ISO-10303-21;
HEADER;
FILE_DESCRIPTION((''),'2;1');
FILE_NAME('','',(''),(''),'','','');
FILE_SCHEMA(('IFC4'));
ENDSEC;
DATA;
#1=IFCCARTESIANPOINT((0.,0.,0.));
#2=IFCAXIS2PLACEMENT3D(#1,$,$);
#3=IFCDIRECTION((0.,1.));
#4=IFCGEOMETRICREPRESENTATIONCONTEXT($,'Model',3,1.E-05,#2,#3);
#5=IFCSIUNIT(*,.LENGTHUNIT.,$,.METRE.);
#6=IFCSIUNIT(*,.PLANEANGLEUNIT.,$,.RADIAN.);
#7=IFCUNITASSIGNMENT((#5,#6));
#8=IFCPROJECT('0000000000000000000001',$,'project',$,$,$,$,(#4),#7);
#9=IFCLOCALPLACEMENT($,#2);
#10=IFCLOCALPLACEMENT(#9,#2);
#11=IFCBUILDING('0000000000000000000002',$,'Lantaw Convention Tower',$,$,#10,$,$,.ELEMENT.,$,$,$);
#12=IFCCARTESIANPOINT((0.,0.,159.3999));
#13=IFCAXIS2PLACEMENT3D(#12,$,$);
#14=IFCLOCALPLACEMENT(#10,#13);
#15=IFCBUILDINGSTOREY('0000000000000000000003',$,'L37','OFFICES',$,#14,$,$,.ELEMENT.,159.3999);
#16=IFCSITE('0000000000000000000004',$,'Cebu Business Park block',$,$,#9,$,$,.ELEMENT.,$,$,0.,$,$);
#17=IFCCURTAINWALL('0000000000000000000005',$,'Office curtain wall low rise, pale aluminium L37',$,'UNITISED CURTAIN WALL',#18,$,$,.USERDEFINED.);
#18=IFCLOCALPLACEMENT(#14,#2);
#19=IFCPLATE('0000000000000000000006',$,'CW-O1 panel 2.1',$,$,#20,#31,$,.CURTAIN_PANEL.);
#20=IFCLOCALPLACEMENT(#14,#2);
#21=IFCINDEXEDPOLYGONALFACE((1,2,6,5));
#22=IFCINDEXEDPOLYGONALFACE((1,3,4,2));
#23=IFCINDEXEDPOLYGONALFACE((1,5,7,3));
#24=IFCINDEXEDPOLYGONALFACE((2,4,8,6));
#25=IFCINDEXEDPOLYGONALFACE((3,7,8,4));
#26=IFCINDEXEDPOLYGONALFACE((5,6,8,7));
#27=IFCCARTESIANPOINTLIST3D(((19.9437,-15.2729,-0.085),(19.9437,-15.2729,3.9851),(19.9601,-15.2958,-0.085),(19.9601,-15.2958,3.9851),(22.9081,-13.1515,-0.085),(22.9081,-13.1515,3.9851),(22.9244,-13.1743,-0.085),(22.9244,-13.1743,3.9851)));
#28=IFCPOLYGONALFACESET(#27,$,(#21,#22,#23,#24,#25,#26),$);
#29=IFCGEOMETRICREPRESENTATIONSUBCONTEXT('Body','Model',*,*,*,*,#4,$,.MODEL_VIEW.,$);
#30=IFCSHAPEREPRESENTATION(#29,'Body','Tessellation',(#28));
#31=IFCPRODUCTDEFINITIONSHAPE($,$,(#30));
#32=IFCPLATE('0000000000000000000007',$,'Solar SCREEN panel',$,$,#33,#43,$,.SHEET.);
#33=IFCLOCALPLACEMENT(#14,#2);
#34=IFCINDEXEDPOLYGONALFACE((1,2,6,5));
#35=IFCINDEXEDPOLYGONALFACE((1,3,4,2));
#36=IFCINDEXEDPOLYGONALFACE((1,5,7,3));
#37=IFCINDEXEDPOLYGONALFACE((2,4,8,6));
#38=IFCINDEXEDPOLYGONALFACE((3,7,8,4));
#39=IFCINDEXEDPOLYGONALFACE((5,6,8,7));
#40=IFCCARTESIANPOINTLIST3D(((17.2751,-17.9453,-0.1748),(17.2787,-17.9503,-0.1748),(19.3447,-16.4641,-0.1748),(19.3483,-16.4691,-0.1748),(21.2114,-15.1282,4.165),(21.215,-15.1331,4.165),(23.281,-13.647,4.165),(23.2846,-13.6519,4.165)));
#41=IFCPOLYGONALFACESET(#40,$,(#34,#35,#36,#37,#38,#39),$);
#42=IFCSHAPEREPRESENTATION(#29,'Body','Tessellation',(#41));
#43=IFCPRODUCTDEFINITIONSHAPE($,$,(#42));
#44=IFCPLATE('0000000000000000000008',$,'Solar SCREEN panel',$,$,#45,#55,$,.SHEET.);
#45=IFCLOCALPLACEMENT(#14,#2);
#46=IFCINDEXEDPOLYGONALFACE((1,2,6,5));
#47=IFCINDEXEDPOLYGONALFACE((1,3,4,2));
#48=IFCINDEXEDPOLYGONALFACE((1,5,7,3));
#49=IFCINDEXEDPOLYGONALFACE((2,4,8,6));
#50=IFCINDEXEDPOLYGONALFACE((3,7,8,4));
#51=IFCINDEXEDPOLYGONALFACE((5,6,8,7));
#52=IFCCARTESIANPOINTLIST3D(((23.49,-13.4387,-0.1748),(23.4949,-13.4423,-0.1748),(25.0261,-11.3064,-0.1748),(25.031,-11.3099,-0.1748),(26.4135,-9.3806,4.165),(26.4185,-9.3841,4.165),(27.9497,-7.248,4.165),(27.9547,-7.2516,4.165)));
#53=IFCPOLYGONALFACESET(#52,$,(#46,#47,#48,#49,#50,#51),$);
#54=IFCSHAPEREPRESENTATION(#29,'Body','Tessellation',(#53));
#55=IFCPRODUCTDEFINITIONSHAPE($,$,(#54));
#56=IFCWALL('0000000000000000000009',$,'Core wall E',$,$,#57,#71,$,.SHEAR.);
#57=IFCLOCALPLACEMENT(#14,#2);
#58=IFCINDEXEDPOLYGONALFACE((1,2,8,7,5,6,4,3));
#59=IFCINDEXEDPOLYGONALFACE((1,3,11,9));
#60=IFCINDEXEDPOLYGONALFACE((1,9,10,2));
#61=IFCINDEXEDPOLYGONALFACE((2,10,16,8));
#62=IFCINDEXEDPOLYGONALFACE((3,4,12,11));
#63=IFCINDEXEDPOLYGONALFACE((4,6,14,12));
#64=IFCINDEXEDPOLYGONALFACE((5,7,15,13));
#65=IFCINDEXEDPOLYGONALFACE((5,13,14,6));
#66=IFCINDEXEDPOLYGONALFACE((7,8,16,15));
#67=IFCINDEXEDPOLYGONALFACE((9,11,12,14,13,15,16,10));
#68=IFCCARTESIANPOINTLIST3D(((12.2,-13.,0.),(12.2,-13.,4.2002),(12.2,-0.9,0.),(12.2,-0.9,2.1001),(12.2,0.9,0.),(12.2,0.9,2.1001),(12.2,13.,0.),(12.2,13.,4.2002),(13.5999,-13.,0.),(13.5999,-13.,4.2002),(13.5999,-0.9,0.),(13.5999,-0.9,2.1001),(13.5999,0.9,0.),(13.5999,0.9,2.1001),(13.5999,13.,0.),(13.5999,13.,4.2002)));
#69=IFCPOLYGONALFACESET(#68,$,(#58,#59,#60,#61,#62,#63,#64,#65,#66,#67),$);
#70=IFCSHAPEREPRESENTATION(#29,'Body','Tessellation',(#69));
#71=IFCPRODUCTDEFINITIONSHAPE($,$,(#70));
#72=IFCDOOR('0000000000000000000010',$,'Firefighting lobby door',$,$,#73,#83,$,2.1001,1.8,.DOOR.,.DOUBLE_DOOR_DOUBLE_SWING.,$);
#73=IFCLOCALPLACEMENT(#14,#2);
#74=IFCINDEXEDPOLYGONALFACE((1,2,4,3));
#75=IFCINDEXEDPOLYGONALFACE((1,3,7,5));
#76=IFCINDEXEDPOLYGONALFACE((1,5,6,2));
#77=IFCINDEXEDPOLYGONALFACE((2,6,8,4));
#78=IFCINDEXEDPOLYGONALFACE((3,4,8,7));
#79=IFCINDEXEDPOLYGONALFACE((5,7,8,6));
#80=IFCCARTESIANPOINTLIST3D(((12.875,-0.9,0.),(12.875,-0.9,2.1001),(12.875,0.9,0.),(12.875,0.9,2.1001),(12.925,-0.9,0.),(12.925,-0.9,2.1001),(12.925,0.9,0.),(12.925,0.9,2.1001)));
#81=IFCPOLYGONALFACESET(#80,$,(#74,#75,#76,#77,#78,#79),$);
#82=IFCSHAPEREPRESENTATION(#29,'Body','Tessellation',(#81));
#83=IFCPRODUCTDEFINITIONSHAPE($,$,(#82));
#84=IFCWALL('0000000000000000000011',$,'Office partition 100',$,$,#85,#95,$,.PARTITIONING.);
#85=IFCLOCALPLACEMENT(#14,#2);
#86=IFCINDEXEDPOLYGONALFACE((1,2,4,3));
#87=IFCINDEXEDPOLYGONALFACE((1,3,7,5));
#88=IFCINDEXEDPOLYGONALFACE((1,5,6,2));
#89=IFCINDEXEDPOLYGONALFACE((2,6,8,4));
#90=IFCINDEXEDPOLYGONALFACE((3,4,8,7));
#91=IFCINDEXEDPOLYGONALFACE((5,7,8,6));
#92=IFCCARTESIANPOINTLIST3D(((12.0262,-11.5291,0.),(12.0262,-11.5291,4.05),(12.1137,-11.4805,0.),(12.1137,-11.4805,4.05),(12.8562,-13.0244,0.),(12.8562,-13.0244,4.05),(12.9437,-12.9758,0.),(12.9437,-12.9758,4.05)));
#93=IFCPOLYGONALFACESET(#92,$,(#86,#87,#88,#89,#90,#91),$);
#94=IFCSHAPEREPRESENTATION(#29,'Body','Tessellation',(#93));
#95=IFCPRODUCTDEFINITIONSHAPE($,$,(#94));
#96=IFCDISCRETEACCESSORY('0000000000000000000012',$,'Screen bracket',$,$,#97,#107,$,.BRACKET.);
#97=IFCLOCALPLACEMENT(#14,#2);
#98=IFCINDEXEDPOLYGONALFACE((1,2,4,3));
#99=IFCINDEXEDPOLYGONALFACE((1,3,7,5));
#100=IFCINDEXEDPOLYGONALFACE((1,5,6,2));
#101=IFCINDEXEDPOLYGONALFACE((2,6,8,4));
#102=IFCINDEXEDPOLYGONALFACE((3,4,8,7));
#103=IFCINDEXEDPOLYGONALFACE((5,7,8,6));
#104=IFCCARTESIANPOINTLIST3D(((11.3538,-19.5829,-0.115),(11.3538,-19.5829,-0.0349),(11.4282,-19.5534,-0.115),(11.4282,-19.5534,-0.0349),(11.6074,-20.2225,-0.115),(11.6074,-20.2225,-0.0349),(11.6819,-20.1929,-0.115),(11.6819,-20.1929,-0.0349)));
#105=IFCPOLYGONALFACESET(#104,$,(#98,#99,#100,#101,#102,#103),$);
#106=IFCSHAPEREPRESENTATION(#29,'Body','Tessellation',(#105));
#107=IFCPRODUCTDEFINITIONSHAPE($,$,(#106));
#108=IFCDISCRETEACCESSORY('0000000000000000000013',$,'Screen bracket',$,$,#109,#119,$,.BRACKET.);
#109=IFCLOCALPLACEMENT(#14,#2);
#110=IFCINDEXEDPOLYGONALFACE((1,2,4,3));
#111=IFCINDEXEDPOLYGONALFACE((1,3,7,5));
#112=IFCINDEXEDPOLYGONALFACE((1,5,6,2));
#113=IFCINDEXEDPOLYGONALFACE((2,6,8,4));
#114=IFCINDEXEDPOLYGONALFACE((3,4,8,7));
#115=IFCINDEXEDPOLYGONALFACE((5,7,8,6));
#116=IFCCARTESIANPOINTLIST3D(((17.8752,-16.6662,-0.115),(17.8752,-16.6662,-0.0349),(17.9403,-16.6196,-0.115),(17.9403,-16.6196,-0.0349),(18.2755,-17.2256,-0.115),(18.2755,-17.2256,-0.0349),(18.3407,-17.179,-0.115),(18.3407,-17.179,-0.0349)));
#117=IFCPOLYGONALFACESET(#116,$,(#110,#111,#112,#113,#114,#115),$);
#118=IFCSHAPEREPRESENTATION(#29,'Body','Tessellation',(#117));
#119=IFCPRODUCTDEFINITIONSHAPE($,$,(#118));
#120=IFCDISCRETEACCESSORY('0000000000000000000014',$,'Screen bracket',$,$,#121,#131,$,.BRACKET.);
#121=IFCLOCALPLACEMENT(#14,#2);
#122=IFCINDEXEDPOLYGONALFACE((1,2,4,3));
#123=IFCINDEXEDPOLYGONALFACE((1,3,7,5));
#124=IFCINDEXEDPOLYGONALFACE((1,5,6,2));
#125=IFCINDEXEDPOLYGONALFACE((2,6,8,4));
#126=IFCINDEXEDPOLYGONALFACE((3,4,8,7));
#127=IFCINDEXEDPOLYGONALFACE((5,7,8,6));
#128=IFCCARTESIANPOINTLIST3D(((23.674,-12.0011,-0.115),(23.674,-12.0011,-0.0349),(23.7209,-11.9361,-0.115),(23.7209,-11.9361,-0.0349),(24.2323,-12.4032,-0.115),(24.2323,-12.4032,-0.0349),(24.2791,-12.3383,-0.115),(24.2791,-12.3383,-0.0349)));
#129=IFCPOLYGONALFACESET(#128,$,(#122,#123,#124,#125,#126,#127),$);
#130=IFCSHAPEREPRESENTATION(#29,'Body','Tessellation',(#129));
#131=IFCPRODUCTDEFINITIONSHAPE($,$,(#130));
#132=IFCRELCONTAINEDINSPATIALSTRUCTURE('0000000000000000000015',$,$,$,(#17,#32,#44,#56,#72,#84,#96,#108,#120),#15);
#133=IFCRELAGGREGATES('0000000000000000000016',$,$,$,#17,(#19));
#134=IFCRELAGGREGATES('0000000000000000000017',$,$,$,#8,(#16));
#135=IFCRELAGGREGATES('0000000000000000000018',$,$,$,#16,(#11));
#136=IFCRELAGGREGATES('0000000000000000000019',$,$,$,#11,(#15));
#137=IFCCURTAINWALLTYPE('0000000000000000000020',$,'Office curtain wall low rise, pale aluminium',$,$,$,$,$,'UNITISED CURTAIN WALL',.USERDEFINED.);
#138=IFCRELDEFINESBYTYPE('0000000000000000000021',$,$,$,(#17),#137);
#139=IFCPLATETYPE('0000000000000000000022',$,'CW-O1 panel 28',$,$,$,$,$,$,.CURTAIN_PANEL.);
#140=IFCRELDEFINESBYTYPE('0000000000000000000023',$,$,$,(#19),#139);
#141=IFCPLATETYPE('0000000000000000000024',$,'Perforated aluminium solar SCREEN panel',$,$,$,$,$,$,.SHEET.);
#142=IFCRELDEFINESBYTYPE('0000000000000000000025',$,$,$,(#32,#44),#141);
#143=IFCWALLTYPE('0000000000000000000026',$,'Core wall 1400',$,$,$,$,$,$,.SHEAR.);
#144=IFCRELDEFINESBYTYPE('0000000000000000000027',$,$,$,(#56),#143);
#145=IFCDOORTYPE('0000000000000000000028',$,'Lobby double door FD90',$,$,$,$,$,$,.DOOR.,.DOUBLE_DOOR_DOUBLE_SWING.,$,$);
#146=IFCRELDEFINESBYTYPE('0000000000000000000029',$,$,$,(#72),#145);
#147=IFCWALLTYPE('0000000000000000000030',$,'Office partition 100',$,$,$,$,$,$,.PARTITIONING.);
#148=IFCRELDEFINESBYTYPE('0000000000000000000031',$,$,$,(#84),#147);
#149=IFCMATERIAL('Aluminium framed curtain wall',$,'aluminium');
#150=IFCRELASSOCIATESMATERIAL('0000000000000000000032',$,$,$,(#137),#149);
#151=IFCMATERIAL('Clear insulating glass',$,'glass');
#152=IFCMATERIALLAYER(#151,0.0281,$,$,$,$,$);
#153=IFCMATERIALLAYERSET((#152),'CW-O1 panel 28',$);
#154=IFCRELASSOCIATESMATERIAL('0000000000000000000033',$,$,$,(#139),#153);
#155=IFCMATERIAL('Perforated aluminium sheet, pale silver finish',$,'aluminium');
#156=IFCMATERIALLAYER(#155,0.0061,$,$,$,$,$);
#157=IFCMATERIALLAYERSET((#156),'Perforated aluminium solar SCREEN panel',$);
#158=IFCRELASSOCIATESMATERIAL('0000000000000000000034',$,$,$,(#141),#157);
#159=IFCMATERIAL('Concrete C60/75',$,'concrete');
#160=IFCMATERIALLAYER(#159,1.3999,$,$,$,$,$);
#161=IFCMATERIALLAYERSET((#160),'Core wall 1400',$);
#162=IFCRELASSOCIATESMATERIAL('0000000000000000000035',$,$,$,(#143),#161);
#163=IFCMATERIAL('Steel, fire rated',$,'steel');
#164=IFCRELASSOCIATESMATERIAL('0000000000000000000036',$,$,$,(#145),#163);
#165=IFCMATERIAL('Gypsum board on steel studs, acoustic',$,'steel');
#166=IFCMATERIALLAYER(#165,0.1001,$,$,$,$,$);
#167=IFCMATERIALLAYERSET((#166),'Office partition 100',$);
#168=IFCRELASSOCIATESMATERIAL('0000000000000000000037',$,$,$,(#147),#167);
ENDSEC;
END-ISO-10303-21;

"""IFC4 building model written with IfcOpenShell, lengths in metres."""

from ifc_helpers import new_model, si_unit, direction, frame, frame_2d, origin, origin_2d, place, context, subcontext, project, spatial, polyline, rectangle, outline, extrude, material, layer, layer_set, type_object, element, fill, aggregate, save


model = new_model("IFC4")

# Units and contexts
model_context = context("Model", 3, precision=1e-05, world=origin(), true_north=direction((0.0, 1.0)))
body_context = subcontext(model_context, "Body", "Model", "MODEL_VIEW")
ifc_project = project(units=[si_unit("LENGTHUNIT", "METRE"), si_unit("PLANEANGLEUNIT", "RADIAN")], contexts=[model_context])

# Site, building, storey
site_placement = place(None, origin())
site = spatial("IfcSite", under=ifc_project, at=site_placement, Name="Cebu Business Park block", CompositionType="ELEMENT", RefElevation=0.0)
building_placement = place(site_placement, origin())
building = spatial("IfcBuilding", under=site, at=building_placement, Name="Lantaw Convention Tower", CompositionType="ELEMENT")
storey_placement = place(building_placement, frame((0.0, 0.0, 159.3999)))
storey = spatial("IfcBuildingStorey", under=building, at=storey_placement, Name="L37", Description="OFFICES", CompositionType="ELEMENT", Elevation=159.3999)

# Shared definitions
ifc_material_1 = material(Name="Concrete C60/75", Category="concrete")

# Curtain wall
ifc_material_2 = material(Name="Aluminium framed curtain wall", Category="aluminium")
curtain_wall_type = type_object("IfcCurtainWallType", Name="Office curtain wall low rise, pale aluminium", ElementType="UNITISED CURTAIN WALL", PredefinedType="USERDEFINED", material=ifc_material_2)
curtain_wall_1_placement = place(storey_placement, origin())
curtain_wall_1 = element("IfcCurtainWall", 1, at=curtain_wall_1_placement, inside=storey, type_object=curtain_wall_type, Name="Office curtain wall low rise, pale aluminium L37", ObjectType="UNITISED CURTAIN WALL", PredefinedType="USERDEFINED")

# Plate
ifc_material_3 = material(Name="Clear insulating glass", Category="glass")
ifc_layer_1 = layer(ifc_material_3, 0.0281)
ifc_layer_set_1 = layer_set([ifc_layer_1], Name="CW-O1 panel 28")
plate_type_1 = type_object("IfcPlateType", Name="CW-O1 panel 28", PredefinedType="CURTAIN_PANEL", material=ifc_layer_set_1)
plate_1_placement = place(storey_placement, frame((21.4341, -14.2236, -0.085), z_axis=(0.0, 0.0, 1.0), x_axis=(0.813208, 0.581973, 0.0)))
plate_1 = element("IfcPlate", 2, at=plate_1_placement, type_object=plate_type_1, Name="CW-O1 panel 2.1", PredefinedType="CURTAIN_PANEL", context=body_context, shape_type="SweptSolid", body=[
    extrude(rectangle(XDim=3.6453, YDim=0.0281, at=origin_2d()), origin(), (0.0, 0.0, 1.0), 4.0701),
])
aggregate(curtain_wall_1, [plate_1])

# Plates
ifc_material_4 = material(Name="Perforated aluminium sheet, pale silver finish", Category="aluminium")
ifc_layer_2 = layer(ifc_material_4, 0.0061)
ifc_layer_set_2 = layer_set([ifc_layer_2], Name="Perforated aluminium solar SCREEN panel")
plate_type_2 = type_object("IfcPlateType", Name="Perforated aluminium solar SCREEN panel", PredefinedType="SHEET", material=ifc_layer_set_2)
plate_2_placement = place(storey_placement, frame((17.2751, -17.9453, -0.1748), z_axis=(-0.582, 0.813189, 0.000012), x_axis=(0.813189, 0.582, 0.0)))
element("IfcPlate", 3, at=plate_2_placement, inside=storey, type_object=plate_type_2, Name="Solar SCREEN panel", PredefinedType="SHEET", context=body_context, shape_type="SweptSolid", body=[
    extrude(outline(polyline([(0.0, 0.0), (2.545, 0.0), (7.3855, -4.3398), (4.8405, -4.3398), (0.0, 0.0)])), origin(), (0.0, 0.0, -1.0), 0.0061),
])
plate_3_placement = place(storey_placement, frame((23.49, -13.4387, -0.1748), z_axis=(-0.811395, 0.584498, 0.000036), x_axis=(0.584498, 0.811395, 0.0)))
element("IfcPlate", 4, at=plate_3_placement, inside=storey, type_object=plate_type_2, Name="Solar SCREEN panel", PredefinedType="SHEET", context=body_context, shape_type="SweptSolid", body=[
    extrude(outline(polyline([(0.0, 0.0), (2.628, 0.0), (7.6298, -4.3398), (5.0016, -4.3398), (0.0, 0.0)])), origin(), (0.0, 0.0, -1.0), 0.0061),
])

# Wall, opening, door
ifc_layer_3 = layer(ifc_material_1, 1.3999)
ifc_layer_set_3 = layer_set([ifc_layer_3], Name="Core wall 1400")
wall_type_1 = type_object("IfcWallType", Name="Core wall 1400", PredefinedType="SHEAR", material=ifc_layer_set_3)
wall_1_placement = place(storey_placement, frame((12.8999, -13.0, 0.0), z_axis=(0.0, 0.0, 1.0), x_axis=(0.0, 1.0, 0.0)))
wall_1 = element("IfcWall", 5, at=wall_1_placement, inside=storey, type_object=wall_type_1, Name="Core wall E", PredefinedType="SHEAR", context=body_context, shape_type="SweptSolid", body=[
    extrude(rectangle(XDim=26.0, YDim=1.3999, at=frame_2d((13.0, 0.0))), origin(), (0.0, 0.0, 1.0), 4.2002),
])
opening_placement = place(wall_1_placement, frame((12.1001, 0.0, 0.0)))
opening = element("IfcOpeningElement", 6, at=opening_placement, cuts=wall_1, PredefinedType="OPENING", context=body_context, shape_type="SweptSolid", body=[
    extrude(rectangle(XDim=1.8, YDim=2.1001, at=frame_2d((0.8999, 1.05))), frame((0.0, 0.71, 0.0), z_axis=(0.0, -1.0, 0.0), x_axis=(1.0, 0.0, 0.0)), (0.0, 0.0, 1.0), 1.4199),
])
ifc_material_5 = material(Name="Steel, fire rated", Category="steel")
door_type = type_object("IfcDoorType", Name="Lobby double door FD90", OperationType="DOUBLE_DOOR_DOUBLE_SWING", PredefinedType="DOOR", material=ifc_material_5)
door_placement = place(opening_placement, origin())
door = element("IfcDoor", 7, at=door_placement, inside=storey, type_object=door_type, Name="Firefighting lobby door", OperationType="DOUBLE_DOOR_DOUBLE_SWING", OverallHeight=2.1001, OverallWidth=1.8, PredefinedType="DOOR", context=body_context, shape_type="SweptSolid", body=[
    extrude(rectangle(XDim=1.8, YDim=2.1001, at=frame_2d((0.8999, 1.05))), frame((0.0, 0.0249, 0.0), z_axis=(0.0, -1.0, 0.0), x_axis=(1.0, 0.0, 0.0)), (0.0, 0.0, 1.0), 0.05),
])
fill(opening, door)

# Wall
ifc_material_6 = material(Name="Gypsum board on steel studs, acoustic", Category="steel")
ifc_layer_4 = layer(ifc_material_6, 0.1001)
ifc_layer_set_4 = layer_set([ifc_layer_4], Name="Office partition 100")
wall_type_2 = type_object("IfcWallType", Name="Office partition 100", PredefinedType="PARTITIONING", material=ifc_layer_set_4)
wall_2_placement = place(storey_placement, frame((12.8999, -13.0, 0.0), z_axis=(0.0, 0.0, 1.0), x_axis=(-0.48534, 0.874326, 0.0)))
element("IfcWall", 8, at=wall_2_placement, inside=storey, type_object=wall_type_2, Name="Office partition 100", PredefinedType="PARTITIONING", context=body_context, shape_type="SweptSolid", body=[
    extrude(rectangle(XDim=1.7102, YDim=0.1001, at=frame_2d((0.855, 0.0))), origin(), (0.0, 0.0, 1.0), 4.05),
])

# Discrete accessories
for number, where, z_axis, x_axis, name in (
    (9, (11.5178, -19.8879, -0.115), (0.0, 0.0, 1.0), (0.929548, 0.368702, 0.0), "Screen bracket"),
    (10, (18.1079, -16.9226, -0.115), (0.0, 0.0, 1.0), (0.813208, 0.581973, 0.0), "Screen bracket"),
    (11, (23.9766, -12.1697, -0.115), (0.0, 0.0, 1.0), (0.584513, 0.811385, 0.0), "Screen bracket"),
):
    element("IfcDiscreteAccessory", number, at=place(storey_placement, frame(where, z_axis=z_axis, x_axis=x_axis)), inside=storey, Name=name, PredefinedType="BRACKET", context=body_context, shape_type="SweptSolid", body=[
        extrude(rectangle(XDim=0.0801, YDim=0.688, at=origin_2d()), origin(), (0.0, 0.0, 1.0), 0.0801),
    ])

save(model, "model.ifc")
